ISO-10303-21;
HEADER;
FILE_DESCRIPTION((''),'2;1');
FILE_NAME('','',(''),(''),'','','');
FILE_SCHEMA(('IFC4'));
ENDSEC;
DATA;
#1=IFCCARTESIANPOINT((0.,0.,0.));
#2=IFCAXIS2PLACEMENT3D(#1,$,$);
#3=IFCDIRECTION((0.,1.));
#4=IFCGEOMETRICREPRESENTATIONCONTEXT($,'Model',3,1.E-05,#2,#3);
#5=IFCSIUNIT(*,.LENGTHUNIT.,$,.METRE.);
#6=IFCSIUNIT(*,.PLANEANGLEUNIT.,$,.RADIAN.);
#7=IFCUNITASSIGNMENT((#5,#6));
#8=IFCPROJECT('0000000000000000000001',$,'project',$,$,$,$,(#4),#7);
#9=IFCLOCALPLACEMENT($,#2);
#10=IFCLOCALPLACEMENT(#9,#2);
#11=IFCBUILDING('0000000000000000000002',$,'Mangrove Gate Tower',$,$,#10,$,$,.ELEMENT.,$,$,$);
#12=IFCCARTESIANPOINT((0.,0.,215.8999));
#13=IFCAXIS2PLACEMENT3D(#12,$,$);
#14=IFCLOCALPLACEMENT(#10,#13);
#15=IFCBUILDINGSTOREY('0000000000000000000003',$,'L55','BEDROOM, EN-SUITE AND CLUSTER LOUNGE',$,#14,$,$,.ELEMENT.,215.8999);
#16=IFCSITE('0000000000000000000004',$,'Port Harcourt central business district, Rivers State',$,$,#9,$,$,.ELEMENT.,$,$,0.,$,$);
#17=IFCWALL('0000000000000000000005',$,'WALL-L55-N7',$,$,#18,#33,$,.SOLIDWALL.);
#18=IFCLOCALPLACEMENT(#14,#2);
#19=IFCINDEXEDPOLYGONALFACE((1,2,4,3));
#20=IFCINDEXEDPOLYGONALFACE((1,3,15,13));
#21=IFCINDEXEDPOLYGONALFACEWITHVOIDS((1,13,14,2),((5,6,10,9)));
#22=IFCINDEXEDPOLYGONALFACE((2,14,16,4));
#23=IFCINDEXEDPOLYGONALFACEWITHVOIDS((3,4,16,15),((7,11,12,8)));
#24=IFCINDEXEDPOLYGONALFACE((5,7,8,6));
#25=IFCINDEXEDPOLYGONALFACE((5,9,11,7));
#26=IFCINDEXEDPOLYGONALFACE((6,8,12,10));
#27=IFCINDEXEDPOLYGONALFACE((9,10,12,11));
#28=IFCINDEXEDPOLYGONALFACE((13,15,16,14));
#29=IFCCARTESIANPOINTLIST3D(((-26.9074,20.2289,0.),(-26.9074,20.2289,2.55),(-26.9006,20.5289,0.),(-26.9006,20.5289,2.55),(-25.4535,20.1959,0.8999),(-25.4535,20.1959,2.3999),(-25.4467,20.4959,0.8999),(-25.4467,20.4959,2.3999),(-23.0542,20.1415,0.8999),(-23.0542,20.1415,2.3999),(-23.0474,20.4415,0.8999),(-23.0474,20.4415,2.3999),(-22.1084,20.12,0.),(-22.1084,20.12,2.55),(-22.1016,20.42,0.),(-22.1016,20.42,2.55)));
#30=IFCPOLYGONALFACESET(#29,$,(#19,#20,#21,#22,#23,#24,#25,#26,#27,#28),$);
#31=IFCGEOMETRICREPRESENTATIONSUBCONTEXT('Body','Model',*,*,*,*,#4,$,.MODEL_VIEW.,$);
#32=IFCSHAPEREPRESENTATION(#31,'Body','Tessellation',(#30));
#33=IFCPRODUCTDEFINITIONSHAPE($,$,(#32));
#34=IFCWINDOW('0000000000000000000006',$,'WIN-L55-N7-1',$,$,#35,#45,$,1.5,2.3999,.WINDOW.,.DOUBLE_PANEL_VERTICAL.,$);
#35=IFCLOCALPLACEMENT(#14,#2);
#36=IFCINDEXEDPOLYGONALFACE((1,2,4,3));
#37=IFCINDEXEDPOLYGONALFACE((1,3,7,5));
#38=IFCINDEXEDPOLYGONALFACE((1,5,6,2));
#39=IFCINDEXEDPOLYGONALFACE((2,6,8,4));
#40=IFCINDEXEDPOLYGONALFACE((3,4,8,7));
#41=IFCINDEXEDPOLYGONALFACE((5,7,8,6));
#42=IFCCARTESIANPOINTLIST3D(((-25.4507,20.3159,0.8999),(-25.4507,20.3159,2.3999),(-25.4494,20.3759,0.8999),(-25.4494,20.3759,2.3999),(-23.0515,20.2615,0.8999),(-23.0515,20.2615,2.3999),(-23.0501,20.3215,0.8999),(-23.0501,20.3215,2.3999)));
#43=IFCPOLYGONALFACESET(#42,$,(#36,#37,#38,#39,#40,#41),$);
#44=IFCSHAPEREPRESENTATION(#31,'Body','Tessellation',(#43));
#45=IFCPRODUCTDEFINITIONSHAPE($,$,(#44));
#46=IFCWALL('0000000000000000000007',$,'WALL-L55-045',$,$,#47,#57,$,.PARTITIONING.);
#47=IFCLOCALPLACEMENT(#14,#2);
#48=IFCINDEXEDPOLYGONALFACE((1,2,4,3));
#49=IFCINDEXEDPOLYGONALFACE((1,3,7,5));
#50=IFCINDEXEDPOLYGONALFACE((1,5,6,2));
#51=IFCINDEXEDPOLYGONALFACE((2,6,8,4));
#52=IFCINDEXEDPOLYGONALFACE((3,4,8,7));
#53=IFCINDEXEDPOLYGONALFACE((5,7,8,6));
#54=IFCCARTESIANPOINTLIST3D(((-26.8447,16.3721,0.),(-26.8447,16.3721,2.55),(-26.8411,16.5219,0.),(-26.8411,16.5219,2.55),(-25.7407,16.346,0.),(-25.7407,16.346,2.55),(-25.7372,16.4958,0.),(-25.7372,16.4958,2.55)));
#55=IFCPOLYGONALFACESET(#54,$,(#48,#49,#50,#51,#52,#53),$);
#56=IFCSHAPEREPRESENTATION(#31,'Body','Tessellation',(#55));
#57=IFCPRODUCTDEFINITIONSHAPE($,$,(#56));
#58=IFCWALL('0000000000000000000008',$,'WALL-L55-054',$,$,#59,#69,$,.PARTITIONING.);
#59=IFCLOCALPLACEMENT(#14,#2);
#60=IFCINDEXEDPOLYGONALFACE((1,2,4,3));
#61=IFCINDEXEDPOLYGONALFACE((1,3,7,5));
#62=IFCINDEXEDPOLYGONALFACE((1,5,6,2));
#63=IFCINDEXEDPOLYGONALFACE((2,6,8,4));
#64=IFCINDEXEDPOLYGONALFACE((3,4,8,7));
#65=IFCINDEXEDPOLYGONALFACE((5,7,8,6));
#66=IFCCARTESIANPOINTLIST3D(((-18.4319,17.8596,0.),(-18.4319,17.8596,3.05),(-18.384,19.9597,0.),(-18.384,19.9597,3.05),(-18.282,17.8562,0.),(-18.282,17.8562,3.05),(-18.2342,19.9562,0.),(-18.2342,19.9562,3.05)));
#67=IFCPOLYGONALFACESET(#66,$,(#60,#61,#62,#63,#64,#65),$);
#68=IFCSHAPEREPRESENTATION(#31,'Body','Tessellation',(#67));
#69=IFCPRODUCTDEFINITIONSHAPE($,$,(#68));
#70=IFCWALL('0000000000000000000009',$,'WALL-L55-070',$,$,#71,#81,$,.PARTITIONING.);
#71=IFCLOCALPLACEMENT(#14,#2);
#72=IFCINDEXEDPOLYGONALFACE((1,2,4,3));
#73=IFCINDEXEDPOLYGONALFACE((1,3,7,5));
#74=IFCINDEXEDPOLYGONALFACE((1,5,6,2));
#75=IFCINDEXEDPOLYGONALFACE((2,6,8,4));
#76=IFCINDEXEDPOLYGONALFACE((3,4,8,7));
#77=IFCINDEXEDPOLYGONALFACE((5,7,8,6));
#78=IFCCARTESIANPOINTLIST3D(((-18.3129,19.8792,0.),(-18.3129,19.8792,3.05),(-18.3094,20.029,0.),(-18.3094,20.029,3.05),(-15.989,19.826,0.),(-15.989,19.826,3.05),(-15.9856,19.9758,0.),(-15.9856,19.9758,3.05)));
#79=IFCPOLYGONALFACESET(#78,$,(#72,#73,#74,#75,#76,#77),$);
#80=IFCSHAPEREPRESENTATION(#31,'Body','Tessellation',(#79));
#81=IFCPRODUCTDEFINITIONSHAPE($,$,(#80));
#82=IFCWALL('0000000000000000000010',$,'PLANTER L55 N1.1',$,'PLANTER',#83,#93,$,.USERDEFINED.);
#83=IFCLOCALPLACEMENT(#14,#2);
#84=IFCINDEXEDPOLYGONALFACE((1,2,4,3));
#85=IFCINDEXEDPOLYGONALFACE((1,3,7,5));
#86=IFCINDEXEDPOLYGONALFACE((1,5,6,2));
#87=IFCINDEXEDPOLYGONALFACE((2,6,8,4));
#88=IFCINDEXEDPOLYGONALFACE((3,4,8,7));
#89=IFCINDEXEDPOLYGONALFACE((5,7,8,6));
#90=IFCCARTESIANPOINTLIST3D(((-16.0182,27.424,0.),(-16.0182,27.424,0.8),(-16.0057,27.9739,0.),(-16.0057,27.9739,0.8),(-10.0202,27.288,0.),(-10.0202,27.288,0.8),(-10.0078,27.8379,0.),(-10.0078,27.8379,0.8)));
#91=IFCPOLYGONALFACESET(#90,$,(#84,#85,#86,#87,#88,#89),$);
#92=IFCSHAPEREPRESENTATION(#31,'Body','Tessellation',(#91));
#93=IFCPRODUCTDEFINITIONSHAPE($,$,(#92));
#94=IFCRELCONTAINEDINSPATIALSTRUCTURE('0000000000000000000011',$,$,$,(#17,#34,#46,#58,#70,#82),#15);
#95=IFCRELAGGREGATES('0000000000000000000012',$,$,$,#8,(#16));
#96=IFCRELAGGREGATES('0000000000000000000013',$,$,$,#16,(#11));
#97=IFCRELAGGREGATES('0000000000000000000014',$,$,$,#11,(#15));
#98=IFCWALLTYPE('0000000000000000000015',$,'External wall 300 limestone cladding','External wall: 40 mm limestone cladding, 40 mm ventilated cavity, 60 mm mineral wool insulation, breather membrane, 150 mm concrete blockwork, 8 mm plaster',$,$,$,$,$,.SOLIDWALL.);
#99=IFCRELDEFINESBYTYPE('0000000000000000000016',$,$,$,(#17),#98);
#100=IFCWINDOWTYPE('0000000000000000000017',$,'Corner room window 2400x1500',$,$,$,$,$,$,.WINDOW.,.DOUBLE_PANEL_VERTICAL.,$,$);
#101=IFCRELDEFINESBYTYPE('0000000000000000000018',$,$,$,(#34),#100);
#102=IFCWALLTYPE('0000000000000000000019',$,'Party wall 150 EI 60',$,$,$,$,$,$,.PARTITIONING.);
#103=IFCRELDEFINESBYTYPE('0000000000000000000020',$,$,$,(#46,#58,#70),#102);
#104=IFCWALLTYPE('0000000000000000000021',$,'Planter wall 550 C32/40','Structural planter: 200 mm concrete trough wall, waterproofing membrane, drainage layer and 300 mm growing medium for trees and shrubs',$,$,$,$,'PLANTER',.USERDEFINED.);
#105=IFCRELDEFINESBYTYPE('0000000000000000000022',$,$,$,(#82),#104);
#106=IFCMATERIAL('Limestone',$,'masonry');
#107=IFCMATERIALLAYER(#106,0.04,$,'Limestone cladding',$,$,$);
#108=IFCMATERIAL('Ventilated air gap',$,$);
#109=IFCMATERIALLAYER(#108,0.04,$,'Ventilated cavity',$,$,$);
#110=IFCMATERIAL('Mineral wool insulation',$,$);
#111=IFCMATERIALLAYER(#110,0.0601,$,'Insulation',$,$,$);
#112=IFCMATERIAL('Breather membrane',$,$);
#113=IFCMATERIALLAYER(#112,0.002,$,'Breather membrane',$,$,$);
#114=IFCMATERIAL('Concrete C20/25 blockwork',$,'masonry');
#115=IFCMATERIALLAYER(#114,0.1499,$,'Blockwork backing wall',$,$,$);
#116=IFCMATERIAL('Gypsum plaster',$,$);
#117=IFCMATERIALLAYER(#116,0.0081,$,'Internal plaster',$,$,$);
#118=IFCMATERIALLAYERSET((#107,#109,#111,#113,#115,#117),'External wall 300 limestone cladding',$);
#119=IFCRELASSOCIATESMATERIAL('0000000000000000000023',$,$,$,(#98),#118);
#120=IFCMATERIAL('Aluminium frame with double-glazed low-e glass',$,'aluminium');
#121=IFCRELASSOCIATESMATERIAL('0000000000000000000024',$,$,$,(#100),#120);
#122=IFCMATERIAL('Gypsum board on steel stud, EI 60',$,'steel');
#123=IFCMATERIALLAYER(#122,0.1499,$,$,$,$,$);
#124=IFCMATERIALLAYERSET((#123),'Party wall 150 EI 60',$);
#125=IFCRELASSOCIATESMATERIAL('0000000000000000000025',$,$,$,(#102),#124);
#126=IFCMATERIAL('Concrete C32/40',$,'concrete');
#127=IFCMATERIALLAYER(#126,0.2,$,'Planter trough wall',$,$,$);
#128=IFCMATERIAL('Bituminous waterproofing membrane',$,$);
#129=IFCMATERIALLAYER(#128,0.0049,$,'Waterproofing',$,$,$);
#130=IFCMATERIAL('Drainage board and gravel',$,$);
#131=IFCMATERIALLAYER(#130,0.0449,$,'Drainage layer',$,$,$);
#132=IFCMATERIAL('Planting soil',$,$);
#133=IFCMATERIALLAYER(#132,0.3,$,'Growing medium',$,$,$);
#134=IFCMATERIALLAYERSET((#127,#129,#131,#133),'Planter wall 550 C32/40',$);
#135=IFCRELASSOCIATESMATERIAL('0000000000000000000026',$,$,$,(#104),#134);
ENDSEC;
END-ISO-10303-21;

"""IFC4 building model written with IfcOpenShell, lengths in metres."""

from ifc_helpers import new_model, si_unit, direction, frame, frame_2d, origin, place, context, subcontext, project, spatial, rectangle, extrude, material, layer, layer_set, type_object, element, fill, save


model = new_model("IFC4")

# Units and contexts
model_context = context("Model", 3, precision=1e-05, world=origin(), true_north=direction((0.0, 1.0)))
body_context = subcontext(model_context, "Body", "Model", "MODEL_VIEW")
ifc_project = project(units=[si_unit("LENGTHUNIT", "METRE"), si_unit("PLANEANGLEUNIT", "RADIAN")], contexts=[model_context])

# Site, building, storey
site_placement = place(None, origin())
site = spatial("IfcSite", under=ifc_project, at=site_placement, Name="Port Harcourt central business district, Rivers State", CompositionType="ELEMENT", RefElevation=0.0)
building_placement = place(site_placement, origin())
building = spatial("IfcBuilding", under=site, at=building_placement, Name="Mangrove Gate Tower", CompositionType="ELEMENT")
storey_placement = place(building_placement, frame((0.0, 0.0, 215.8999)))
storey = spatial("IfcBuildingStorey", under=building, at=storey_placement, Name="L55", Description="BEDROOM, EN-SUITE AND CLUSTER LOUNGE", CompositionType="ELEMENT", Elevation=215.8999)

# Wall, opening, window
ifc_material_1 = material(Name="Limestone", Category="masonry")
ifc_layer_1 = layer(ifc_material_1, 0.04, Name="Limestone cladding")
ifc_material_2 = material(Name="Ventilated air gap")
ifc_layer_2 = layer(ifc_material_2, 0.04, Name="Ventilated cavity")
ifc_material_3 = material(Name="Mineral wool insulation")
ifc_layer_3 = layer(ifc_material_3, 0.0601, Name="Insulation")
ifc_material_4 = material(Name="Breather membrane")
ifc_layer_4 = layer(ifc_material_4, 0.002, Name="Breather membrane")
ifc_material_5 = material(Name="Concrete C20/25 blockwork", Category="masonry")
ifc_layer_5 = layer(ifc_material_5, 0.1499, Name="Blockwork backing wall")
ifc_material_6 = material(Name="Gypsum plaster")
ifc_layer_6 = layer(ifc_material_6, 0.0081, Name="Internal plaster")
ifc_layer_set_1 = layer_set([ifc_layer_1, ifc_layer_2, ifc_layer_3, ifc_layer_4, ifc_layer_5, ifc_layer_6], Name="External wall 300 limestone cladding")
wall_type_1 = type_object("IfcWallType", Name="External wall 300 limestone cladding", Description="External wall: 40 mm limestone cladding, 40 mm ventilated cavity, 60 mm mineral wool insulation, breather membrane, 150 mm concrete blockwork, 8 mm plaster", PredefinedType="SOLIDWALL", material=ifc_layer_set_1)
ifc_material_7 = material(Name="Aluminium frame with double-glazed low-e glass", Category="aluminium")
window_type = type_object("IfcWindowType", Name="Corner room window 2400x1500", PartitioningType="DOUBLE_PANEL_VERTICAL", PredefinedType="WINDOW", material=ifc_material_7)
wall_1_placement = place(storey_placement, frame((-22.105, 20.27, 0.0), z_axis=(0.0, 0.0, 1.0), x_axis=(-0.999743, 0.022683, 0.0)))
wall_1 = element("IfcWall", 1, at=wall_1_placement, inside=storey, type_object=wall_type_1, Name="WALL-L55-N7", PredefinedType="SOLIDWALL", context=body_context, shape_type="SweptSolid", body=[
    extrude(rectangle(XDim=4.8003, YDim=0.3, at=frame_2d((2.4001, 0.0))), origin(), (0.0, 0.0, 1.0), 2.55),
])
opening_1_placement = place(wall_1_placement, frame((0.946, 0.0, 0.8999)))
opening_1 = element("IfcOpeningElement", 2, at=opening_1_placement, cuts=wall_1, PredefinedType="OPENING", context=body_context, shape_type="SweptSolid", body=[
    extrude(rectangle(XDim=2.3999, YDim=1.5, at=frame_2d((1.2, 0.75))), frame((0.0, 0.1599, 0.0), z_axis=(0.0, -1.0, 0.0), x_axis=(1.0, 0.0, 0.0)), (0.0, 0.0, 1.0), 0.3201),
])
window_1_placement = place(opening_1_placement, origin())
window_1 = element("IfcWindow", 3, at=window_1_placement, inside=storey, type_object=window_type, Name="WIN-L55-N7-1", OverallHeight=1.5, OverallWidth=2.3999, PartitioningType="DOUBLE_PANEL_VERTICAL", PredefinedType="WINDOW", context=body_context, shape_type="SweptSolid", body=[
    extrude(rectangle(XDim=2.3999, YDim=1.5, at=frame_2d((1.2, 0.75))), frame((0.0, 0.03, 0.0), z_axis=(0.0, -1.0, 0.0), x_axis=(1.0, 0.0, 0.0)), (0.0, 0.0, 1.0), 0.0601),
])
fill(opening_1, window_1)

# Walls
ifc_material_8 = material(Name="Gypsum board on steel stud, EI 60", Category="steel")
ifc_layer_7 = layer(ifc_material_8, 0.1499)
ifc_layer_set_2 = layer_set([ifc_layer_7], Name="Party wall 150 EI 60")
wall_type_2 = type_object("IfcWallType", Name="Party wall 150 EI 60", PredefinedType="PARTITIONING", material=ifc_layer_set_2)
wall_2_placement = place(storey_placement, frame((-26.843, 16.447, 0.0), z_axis=(0.0, 0.0, 1.0), x_axis=(0.99972, -0.023655, 0.0)))
element("IfcWall", 4, at=wall_2_placement, inside=storey, type_object=wall_type_2, Name="WALL-L55-045", PredefinedType="PARTITIONING", context=body_context, shape_type="SweptSolid", body=[
    extrude(rectangle(XDim=1.1042, YDim=0.1499, at=frame_2d((0.5522, 0.0))), origin(), (0.0, 0.0, 1.0), 2.55),
])
wall_3_placement = place(storey_placement, frame((-18.3569, 17.8579, 0.0), z_axis=(0.0, 0.0, 1.0), x_axis=(0.022779, 0.999741, 0.0)))
element("IfcWall", 5, at=wall_3_placement, inside=storey, type_object=wall_type_2, Name="WALL-L55-054", PredefinedType="PARTITIONING", context=body_context, shape_type="SweptSolid", body=[
    extrude(rectangle(XDim=2.1006, YDim=0.1499, at=frame_2d((1.0503, 0.0))), origin(), (0.0, 0.0, 1.0), 3.05),
])
wall_4_placement = place(storey_placement, frame((-18.311, 19.9541, 0.0), z_axis=(0.0, 0.0, 1.0), x_axis=(0.999738, -0.022896, 0.0)))
element("IfcWall", 6, at=wall_4_placement, inside=storey, type_object=wall_type_2, Name="WALL-L55-070", PredefinedType="PARTITIONING", context=body_context, shape_type="SweptSolid", body=[
    extrude(rectangle(XDim=2.3245, YDim=0.1499, at=frame_2d((1.1621, 0.0))), origin(), (0.0, 0.0, 1.0), 3.05),
])
ifc_material_9 = material(Name="Concrete C32/40", Category="concrete")
ifc_layer_8 = layer(ifc_material_9, 0.2, Name="Planter trough wall")
ifc_material_10 = material(Name="Bituminous waterproofing membrane")
ifc_layer_9 = layer(ifc_material_10, 0.0049, Name="Waterproofing")
ifc_material_11 = material(Name="Drainage board and gravel")
ifc_layer_10 = layer(ifc_material_11, 0.0449, Name="Drainage layer")
ifc_material_12 = material(Name="Planting soil")
ifc_layer_11 = layer(ifc_material_12, 0.3, Name="Growing medium")
ifc_layer_set_3 = layer_set([ifc_layer_8, ifc_layer_9, ifc_layer_10, ifc_layer_11], Name="Planter wall 550 C32/40")
wall_type_3 = type_object("IfcWallType", Name="Planter wall 550 C32/40", Description="Structural planter: 200 mm concrete trough wall, waterproofing membrane, drainage layer and 300 mm growing medium for trees and shrubs", ElementType="PLANTER", PredefinedType="USERDEFINED", material=ifc_layer_set_3)
wall_5_placement = place(storey_placement, frame((-16.012, 27.699, 0.0), z_axis=(0.0, 0.0, 1.0), x_axis=(0.999743, -0.022666, 0.0)))
element("IfcWall", 7, at=wall_5_placement, inside=storey, type_object=wall_type_3, Name="PLANTER L55 N1.1", ObjectType="PLANTER", PredefinedType="USERDEFINED", context=body_context, shape_type="SweptSolid", body=[
    extrude(rectangle(XDim=5.9995, YDim=0.55, at=frame_2d((2.9998, 0.0))), origin(), (0.0, 0.0, 1.0), 0.8),
])

save(model, "model.ifc")
